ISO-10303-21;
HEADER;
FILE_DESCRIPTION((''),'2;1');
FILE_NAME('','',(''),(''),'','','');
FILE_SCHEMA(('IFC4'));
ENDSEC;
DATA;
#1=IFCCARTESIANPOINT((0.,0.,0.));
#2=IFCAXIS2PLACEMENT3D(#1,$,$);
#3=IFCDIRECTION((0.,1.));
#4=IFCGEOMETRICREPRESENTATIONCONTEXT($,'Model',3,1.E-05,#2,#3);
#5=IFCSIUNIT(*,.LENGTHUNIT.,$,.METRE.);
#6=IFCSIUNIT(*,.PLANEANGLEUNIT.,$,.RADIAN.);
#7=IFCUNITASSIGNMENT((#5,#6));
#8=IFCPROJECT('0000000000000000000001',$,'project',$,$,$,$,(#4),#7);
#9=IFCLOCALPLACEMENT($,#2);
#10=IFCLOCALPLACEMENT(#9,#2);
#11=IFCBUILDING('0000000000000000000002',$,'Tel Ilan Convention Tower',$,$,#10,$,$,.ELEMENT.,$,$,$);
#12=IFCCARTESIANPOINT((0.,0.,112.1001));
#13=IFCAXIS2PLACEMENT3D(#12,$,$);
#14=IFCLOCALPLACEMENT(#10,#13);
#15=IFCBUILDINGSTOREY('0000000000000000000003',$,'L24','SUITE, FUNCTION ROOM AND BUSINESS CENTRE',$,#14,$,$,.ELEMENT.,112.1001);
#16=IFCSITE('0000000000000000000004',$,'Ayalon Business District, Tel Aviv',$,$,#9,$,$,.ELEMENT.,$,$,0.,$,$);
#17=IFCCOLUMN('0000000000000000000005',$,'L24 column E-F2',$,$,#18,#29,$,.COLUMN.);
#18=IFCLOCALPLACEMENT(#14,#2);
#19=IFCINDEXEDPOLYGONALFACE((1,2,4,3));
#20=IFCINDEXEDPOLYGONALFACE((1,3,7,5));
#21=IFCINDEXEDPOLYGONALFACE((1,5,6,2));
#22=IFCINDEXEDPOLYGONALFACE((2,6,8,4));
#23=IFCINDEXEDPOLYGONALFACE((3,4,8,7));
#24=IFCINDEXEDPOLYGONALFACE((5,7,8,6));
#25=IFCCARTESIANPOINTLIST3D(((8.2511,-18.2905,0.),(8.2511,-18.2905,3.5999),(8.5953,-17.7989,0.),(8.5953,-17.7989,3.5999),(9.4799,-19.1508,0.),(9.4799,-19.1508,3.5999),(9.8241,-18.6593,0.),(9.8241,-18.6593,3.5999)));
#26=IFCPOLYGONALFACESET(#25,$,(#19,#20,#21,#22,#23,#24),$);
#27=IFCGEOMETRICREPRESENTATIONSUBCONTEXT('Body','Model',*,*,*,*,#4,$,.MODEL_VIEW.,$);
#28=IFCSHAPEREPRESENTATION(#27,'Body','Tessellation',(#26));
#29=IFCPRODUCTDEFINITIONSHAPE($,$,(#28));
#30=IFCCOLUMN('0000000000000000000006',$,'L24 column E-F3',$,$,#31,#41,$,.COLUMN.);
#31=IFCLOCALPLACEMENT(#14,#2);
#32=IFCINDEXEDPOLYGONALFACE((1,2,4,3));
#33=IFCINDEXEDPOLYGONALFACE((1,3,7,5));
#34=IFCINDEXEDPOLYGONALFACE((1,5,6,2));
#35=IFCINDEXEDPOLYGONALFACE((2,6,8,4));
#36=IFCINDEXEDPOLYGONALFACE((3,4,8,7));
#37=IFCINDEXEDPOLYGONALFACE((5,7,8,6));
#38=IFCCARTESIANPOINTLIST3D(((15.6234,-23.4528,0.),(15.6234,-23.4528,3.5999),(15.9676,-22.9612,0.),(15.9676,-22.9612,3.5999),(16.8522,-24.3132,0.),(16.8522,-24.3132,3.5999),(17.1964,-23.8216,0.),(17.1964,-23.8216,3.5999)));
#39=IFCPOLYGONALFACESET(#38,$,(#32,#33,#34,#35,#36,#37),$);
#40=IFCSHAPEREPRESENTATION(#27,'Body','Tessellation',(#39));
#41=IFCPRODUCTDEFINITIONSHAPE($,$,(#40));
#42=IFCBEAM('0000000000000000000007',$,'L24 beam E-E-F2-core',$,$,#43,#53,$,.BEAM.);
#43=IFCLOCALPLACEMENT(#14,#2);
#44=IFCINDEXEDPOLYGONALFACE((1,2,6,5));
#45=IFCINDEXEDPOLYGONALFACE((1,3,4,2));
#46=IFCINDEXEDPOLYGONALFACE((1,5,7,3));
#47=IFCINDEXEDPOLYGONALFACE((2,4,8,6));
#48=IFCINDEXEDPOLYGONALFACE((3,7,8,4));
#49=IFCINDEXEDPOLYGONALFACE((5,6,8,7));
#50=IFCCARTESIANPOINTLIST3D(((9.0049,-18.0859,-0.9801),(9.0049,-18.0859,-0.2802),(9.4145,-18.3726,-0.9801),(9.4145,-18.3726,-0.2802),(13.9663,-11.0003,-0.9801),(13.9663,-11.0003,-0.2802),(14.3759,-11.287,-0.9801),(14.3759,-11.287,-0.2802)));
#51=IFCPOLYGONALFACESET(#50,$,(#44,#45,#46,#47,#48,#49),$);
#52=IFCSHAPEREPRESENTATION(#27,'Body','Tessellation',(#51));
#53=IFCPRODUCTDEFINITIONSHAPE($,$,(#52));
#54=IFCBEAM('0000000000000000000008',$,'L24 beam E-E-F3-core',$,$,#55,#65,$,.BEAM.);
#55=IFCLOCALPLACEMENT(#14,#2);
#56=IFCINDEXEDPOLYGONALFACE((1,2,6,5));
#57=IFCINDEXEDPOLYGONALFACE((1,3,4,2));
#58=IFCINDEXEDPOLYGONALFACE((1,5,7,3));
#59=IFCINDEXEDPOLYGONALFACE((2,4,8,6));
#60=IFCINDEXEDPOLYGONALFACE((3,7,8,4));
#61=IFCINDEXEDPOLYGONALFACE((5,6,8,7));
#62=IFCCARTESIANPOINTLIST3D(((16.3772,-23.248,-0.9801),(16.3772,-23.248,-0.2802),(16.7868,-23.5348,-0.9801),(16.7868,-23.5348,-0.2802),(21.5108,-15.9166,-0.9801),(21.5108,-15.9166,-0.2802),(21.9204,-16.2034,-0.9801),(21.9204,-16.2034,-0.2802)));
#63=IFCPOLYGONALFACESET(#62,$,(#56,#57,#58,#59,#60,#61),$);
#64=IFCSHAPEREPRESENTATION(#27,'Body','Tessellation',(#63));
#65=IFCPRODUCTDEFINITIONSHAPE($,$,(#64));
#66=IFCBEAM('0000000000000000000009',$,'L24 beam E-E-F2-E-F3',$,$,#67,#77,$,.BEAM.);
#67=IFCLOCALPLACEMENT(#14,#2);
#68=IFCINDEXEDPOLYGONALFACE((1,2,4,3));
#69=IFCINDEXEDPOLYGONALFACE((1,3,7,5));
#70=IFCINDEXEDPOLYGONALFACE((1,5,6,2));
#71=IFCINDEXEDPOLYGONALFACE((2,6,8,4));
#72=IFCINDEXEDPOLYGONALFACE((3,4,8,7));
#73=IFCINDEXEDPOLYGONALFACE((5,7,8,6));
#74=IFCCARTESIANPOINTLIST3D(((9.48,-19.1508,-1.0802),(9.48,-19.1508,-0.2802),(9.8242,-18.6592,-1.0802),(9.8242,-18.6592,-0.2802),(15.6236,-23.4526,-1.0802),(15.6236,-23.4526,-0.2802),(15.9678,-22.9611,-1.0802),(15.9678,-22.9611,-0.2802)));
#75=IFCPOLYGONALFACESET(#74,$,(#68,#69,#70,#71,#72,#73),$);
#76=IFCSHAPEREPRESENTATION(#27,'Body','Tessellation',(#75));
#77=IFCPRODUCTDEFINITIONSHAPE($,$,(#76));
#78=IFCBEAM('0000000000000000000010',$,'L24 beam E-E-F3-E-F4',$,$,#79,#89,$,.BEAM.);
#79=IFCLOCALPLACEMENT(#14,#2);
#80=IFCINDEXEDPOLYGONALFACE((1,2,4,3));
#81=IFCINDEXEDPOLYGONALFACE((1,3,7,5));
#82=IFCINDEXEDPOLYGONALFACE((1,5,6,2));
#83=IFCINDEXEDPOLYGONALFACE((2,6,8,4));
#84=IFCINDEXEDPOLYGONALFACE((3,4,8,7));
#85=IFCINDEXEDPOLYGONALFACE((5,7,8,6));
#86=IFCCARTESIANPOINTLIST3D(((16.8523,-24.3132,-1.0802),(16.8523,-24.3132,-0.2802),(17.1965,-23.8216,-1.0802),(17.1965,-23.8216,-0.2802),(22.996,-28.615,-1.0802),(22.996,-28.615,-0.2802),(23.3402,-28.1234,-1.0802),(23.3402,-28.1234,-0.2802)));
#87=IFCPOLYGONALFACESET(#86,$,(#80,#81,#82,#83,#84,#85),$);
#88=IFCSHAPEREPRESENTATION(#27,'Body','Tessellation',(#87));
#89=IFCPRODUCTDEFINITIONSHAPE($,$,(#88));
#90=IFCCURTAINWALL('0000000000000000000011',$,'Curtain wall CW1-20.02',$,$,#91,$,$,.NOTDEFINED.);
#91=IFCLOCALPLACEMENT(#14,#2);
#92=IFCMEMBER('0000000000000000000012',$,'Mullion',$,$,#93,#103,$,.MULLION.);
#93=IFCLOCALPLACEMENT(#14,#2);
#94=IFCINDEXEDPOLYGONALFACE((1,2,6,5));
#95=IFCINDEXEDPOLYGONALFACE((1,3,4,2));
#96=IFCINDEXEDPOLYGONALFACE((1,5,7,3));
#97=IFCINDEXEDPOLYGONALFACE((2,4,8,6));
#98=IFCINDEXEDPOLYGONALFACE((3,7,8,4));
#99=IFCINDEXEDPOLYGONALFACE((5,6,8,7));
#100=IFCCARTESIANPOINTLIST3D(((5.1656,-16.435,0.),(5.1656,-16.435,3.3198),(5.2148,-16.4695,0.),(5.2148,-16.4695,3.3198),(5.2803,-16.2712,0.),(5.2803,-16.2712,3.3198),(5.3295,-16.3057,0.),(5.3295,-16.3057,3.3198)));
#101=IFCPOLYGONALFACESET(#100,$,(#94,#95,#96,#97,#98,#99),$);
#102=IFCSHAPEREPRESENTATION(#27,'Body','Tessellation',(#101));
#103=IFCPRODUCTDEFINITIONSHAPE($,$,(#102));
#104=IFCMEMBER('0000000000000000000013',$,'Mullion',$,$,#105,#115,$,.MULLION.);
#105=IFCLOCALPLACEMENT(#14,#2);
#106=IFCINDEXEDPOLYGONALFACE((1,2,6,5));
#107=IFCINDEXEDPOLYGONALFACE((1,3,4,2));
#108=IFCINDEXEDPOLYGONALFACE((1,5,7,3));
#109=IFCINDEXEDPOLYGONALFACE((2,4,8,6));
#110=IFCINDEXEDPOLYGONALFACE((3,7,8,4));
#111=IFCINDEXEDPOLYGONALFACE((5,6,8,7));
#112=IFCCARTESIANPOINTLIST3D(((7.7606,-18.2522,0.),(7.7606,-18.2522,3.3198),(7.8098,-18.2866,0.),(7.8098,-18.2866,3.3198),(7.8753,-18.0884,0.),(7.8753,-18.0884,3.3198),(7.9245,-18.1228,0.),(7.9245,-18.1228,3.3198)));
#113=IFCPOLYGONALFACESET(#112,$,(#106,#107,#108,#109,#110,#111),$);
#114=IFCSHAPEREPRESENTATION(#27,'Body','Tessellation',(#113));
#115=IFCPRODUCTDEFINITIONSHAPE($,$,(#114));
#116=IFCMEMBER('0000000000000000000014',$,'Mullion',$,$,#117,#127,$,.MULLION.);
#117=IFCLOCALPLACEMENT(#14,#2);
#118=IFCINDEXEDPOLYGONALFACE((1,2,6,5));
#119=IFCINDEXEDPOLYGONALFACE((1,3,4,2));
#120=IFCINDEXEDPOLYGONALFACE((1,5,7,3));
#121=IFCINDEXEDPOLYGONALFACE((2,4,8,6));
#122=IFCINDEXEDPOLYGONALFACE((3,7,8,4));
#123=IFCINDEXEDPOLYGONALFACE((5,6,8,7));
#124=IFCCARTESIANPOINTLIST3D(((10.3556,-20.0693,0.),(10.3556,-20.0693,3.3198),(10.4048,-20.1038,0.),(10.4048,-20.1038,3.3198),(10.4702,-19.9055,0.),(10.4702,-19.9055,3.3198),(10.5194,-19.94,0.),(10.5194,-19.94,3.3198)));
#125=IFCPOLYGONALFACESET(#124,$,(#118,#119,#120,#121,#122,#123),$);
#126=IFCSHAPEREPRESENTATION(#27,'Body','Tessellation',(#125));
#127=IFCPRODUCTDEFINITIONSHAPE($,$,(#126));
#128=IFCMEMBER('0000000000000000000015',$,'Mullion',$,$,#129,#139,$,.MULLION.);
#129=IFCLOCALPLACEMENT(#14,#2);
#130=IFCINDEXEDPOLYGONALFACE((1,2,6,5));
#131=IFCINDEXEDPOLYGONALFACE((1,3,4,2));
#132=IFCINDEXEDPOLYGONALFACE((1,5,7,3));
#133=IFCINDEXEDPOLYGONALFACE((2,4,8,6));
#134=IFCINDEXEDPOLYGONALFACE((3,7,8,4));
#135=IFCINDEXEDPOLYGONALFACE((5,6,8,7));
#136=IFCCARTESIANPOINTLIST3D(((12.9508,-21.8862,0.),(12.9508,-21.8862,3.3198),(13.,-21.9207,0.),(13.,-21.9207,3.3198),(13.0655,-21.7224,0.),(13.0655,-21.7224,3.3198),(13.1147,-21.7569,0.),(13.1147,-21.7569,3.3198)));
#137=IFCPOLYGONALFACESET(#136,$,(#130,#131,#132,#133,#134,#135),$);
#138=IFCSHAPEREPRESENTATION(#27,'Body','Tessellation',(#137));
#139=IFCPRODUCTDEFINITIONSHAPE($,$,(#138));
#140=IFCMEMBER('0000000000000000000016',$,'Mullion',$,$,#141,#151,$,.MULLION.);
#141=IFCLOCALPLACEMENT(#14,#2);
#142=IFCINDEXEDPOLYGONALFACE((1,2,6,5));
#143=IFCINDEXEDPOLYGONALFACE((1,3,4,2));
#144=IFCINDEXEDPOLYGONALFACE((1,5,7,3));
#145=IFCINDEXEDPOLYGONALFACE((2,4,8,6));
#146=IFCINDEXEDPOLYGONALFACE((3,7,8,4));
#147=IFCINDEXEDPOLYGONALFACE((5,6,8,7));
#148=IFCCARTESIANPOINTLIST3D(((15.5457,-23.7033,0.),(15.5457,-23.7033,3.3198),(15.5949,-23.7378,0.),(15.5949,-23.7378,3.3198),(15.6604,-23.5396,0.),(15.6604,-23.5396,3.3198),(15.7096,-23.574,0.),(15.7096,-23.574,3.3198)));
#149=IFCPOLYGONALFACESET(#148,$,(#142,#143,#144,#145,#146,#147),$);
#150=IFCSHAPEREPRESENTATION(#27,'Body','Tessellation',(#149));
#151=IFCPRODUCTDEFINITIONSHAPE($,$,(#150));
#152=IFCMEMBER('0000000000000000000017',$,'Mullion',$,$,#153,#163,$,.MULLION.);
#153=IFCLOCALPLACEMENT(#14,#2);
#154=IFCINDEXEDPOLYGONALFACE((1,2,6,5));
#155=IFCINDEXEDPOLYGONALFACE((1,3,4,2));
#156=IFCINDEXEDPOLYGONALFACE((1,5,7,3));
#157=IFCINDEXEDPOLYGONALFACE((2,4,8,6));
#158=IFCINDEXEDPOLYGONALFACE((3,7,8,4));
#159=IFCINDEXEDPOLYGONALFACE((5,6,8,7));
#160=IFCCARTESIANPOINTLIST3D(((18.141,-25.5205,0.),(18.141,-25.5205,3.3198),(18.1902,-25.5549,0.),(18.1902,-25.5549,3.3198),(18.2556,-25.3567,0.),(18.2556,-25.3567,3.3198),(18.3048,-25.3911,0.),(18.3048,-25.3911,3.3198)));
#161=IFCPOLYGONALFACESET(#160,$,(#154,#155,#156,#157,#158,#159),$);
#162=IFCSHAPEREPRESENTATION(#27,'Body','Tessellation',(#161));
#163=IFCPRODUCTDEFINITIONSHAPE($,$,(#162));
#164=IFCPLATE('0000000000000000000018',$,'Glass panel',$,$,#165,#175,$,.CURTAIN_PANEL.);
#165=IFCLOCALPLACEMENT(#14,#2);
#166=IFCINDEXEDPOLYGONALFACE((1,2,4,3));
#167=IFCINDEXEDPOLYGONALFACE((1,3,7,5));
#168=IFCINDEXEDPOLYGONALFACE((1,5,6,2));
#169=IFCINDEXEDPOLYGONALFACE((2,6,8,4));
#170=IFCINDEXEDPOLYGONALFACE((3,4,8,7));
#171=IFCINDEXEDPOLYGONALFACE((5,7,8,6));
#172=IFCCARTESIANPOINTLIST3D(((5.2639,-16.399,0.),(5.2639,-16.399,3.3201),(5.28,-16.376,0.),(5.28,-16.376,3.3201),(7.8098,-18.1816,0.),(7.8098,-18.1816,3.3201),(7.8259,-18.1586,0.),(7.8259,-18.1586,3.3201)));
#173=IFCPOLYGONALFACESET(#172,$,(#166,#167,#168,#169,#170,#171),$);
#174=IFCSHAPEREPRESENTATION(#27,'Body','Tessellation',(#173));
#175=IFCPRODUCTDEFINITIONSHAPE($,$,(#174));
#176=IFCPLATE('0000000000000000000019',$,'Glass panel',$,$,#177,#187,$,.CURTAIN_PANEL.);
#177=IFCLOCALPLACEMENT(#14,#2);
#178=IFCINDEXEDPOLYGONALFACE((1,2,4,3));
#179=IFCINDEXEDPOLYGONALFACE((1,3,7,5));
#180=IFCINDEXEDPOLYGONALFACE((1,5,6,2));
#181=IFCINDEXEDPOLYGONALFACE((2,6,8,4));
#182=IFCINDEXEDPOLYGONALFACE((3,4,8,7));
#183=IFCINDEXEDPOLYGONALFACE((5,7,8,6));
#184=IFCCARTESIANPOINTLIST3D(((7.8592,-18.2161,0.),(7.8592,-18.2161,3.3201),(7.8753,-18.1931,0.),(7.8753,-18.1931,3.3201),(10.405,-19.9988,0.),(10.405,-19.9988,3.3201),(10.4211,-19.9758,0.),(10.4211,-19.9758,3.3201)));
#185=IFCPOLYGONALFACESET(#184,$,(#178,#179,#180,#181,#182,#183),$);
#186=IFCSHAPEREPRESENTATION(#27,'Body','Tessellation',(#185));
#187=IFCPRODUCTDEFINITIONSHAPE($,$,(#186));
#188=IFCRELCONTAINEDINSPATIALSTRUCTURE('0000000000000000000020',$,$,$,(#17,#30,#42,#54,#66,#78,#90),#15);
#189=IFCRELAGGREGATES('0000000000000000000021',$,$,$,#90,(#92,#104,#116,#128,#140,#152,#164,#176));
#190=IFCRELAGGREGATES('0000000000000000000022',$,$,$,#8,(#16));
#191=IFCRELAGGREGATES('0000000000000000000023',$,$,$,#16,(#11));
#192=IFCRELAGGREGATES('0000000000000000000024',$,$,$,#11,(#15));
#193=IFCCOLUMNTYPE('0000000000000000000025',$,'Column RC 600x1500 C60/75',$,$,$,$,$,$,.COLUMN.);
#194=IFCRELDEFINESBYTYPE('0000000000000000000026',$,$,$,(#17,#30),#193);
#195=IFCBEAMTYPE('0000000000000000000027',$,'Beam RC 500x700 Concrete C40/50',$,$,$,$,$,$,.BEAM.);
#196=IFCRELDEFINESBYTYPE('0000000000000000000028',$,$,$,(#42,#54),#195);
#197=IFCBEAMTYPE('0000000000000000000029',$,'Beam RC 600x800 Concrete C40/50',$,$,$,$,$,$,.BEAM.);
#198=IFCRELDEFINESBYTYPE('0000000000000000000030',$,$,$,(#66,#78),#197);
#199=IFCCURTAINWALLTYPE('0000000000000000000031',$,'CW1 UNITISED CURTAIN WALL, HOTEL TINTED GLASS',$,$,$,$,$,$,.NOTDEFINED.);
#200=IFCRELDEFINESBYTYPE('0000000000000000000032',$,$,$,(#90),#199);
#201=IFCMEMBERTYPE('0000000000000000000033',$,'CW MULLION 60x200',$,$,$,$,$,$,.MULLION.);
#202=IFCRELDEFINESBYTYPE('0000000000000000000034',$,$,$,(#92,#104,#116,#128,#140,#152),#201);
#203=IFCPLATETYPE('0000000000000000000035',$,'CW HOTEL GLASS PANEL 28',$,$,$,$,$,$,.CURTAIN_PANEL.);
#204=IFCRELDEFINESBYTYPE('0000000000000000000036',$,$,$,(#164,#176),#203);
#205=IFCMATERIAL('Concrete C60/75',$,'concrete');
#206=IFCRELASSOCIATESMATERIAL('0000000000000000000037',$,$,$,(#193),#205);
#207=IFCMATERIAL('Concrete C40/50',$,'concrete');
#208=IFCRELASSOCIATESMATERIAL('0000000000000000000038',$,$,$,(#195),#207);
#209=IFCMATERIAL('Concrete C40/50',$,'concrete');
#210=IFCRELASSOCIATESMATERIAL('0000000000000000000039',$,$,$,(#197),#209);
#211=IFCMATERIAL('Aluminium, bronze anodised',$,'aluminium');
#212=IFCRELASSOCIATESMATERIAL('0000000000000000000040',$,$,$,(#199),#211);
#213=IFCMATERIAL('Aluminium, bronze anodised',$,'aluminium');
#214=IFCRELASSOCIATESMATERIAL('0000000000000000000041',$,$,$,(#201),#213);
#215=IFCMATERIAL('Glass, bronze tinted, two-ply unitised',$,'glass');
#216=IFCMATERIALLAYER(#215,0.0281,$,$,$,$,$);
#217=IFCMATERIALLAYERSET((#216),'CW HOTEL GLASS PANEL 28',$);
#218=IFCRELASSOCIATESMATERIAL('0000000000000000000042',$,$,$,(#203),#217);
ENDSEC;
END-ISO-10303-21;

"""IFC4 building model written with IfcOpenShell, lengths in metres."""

from ifc_helpers import new_model, si_unit, direction, frame, origin, origin_2d, place, context, subcontext, project, spatial, rectangle, extrude, material, layer, layer_set, material_profile, profile_set, type_object, element, aggregate, save


model = new_model("IFC4")

# Units and contexts
model_context = context("Model", 3, precision=1e-05, world=origin(), true_north=direction((0.0, 1.0)))
body_context = subcontext(model_context, "Body", "Model", "MODEL_VIEW")
ifc_project = project(units=[si_unit("LENGTHUNIT", "METRE"), si_unit("PLANEANGLEUNIT", "RADIAN")], contexts=[model_context])

# Site, building, storey
site_placement = place(None, origin())
site = spatial("IfcSite", under=ifc_project, at=site_placement, Name="Ayalon Business District, Tel Aviv", CompositionType="ELEMENT", RefElevation=0.0)
building_placement = place(site_placement, origin())
building = spatial("IfcBuilding", under=site, at=building_placement, Name="Tel Ilan Convention Tower", CompositionType="ELEMENT")
storey_placement = place(building_placement, frame((0.0, 0.0, 112.1001)))
storey = spatial("IfcBuildingStorey", under=building, at=storey_placement, Name="L24", Description="SUITE, FUNCTION ROOM AND BUSINESS CENTRE", CompositionType="ELEMENT", Elevation=112.1001)

# Columns
ifc_material_1 = material(Name="Concrete C60/75", Category="concrete")
ifc_material_profile_1 = material_profile(ifc_material_1, rectangle(XDim=1.5, YDim=0.6001, at=origin_2d()), Name="RC 600x1500")
ifc_profile_set_1 = profile_set([ifc_material_profile_1], Name="Concrete C60/75")
column_type = type_object("IfcColumnType", Name="Column RC 600x1500 C60/75", PredefinedType="COLUMN", material=ifc_profile_set_1)
for number, where, z_axis, x_axis, name in (
    (1, (9.0376, -18.4749, 0.0), (0.0, 0.0, 1.0), (0.819152, -0.573576, 0.0), "L24 column E-F2"),
    (2, (16.4099, -23.6372, 0.0), (0.0, 0.0, 1.0), (0.819152, -0.573576, 0.0), "L24 column E-F3"),
):
    element("IfcColumn", number, at=place(storey_placement, frame(where, z_axis=z_axis, x_axis=x_axis)), inside=storey, type_object=column_type, Name=name, PredefinedType="COLUMN", context=body_context, shape_type="SweptSolid", body=[
        extrude(rectangle(XDim=1.5, YDim=0.6001, at=origin_2d()), origin(), (0.0, 0.0, 1.0), 3.5999),
    ])

# Beams
ifc_material_2 = material(Name="Concrete C40/50", Category="concrete")
ifc_material_profile_2 = material_profile(ifc_material_2, rectangle(XDim=0.5, YDim=0.7, at=origin_2d()), Name="RC 500x700")
ifc_profile_set_2 = profile_set([ifc_material_profile_2], Name="Concrete C40/50")
beam_type_1 = type_object("IfcBeamType", Name="Beam RC 500x700 Concrete C40/50", PredefinedType="BEAM", material=ifc_profile_set_2)
beam_1_placement = place(storey_placement, frame((9.2097, -18.2292, -0.6301), z_axis=(0.573574, 0.819154, 0.0), x_axis=(-0.819154, 0.573574, 0.0)))
element("IfcBeam", 3, at=beam_1_placement, inside=storey, type_object=beam_type_1, Name="L24 beam E-E-F2-core", PredefinedType="BEAM", context=body_context, shape_type="SweptSolid", body=[
    extrude(rectangle(XDim=0.5, YDim=0.7, at=origin_2d()), origin(), (0.0, 0.0, 1.0), 8.6499),
])
beam_2_placement = place(storey_placement, frame((16.582, -23.3914, -0.6301), z_axis=(0.573585, 0.819146, 0.0), x_axis=(-0.819146, 0.573585, 0.0)))
element("IfcBeam", 4, at=beam_2_placement, inside=storey, type_object=beam_type_1, Name="L24 beam E-E-F3-core", PredefinedType="BEAM", context=body_context, shape_type="SweptSolid", body=[
    extrude(rectangle(XDim=0.5, YDim=0.7, at=origin_2d()), origin(), (0.0, 0.0, 1.0), 8.95),
])
ifc_material_3 = material(Name="Concrete C40/50", Category="concrete")
ifc_material_profile_3 = material_profile(ifc_material_3, rectangle(XDim=0.6001, YDim=0.8, at=origin_2d()), Name="RC 600x800")
ifc_profile_set_3 = profile_set([ifc_material_profile_3], Name="Concrete C40/50")
beam_type_2 = type_object("IfcBeamType", Name="Beam RC 600x800 Concrete C40/50", PredefinedType="BEAM", material=ifc_profile_set_3)
for number, where, z_axis, x_axis, name in (
    (5, (9.6521, -18.905, -0.6802), (0.819152, -0.573576, 0.0), (0.573576, 0.819152, 0.0), "L24 beam E-E-F2-E-F3"),
    (6, (17.0244, -24.0674, -0.6802), (0.819152, -0.573576, 0.0), (0.573576, 0.819152, 0.0), "L24 beam E-E-F3-E-F4"),
):
    element("IfcBeam", number, at=place(storey_placement, frame(where, z_axis=z_axis, x_axis=x_axis)), inside=storey, type_object=beam_type_2, Name=name, PredefinedType="BEAM", context=body_context, shape_type="SweptSolid", body=[
        extrude(rectangle(XDim=0.6001, YDim=0.8, at=origin_2d()), origin(), (0.0, 0.0, 1.0), 7.5),
    ])

# Curtain wall, members, plates
ifc_material_4 = material(Name="Aluminium, bronze anodised", Category="aluminium")
curtain_wall_type = type_object("IfcCurtainWallType", Name="CW1 UNITISED CURTAIN WALL, HOTEL TINTED GLASS", PredefinedType="NOTDEFINED", material=ifc_material_4)
curtain_wall_placement = place(storey_placement, origin())
curtain_wall = element("IfcCurtainWall", 7, at=curtain_wall_placement, inside=storey, type_object=curtain_wall_type, Name="Curtain wall CW1-20.02", PredefinedType="NOTDEFINED")
ifc_material_5 = material(Name="Aluminium, bronze anodised", Category="aluminium")
ifc_material_profile_4 = material_profile(ifc_material_5, rectangle(XDim=0.0601, YDim=0.2, at=origin_2d()), Name="CW MULLION 60x200")
ifc_profile_set_4 = profile_set([ifc_material_profile_4], Name="Aluminium, bronze anodised")
member_type = type_object("IfcMemberType", Name="CW MULLION 60x200", PredefinedType="MULLION", material=ifc_profile_set_4)
member_1_placement = place(storey_placement, frame((5.2476, -16.3704, 0.0), z_axis=(0.0, 0.0, 1.0), x_axis=(0.819152, -0.573576, 0.0)))
member_1 = element("IfcMember", 8, at=member_1_placement, type_object=member_type, Name="Mullion", PredefinedType="MULLION", context=body_context, shape_type="SweptSolid", body=[
    extrude(rectangle(XDim=0.0601, YDim=0.2, at=origin_2d()), origin(), (0.0, 0.0, 1.0), 3.3198),
])
member_2_placement = place(storey_placement, frame((7.8425, -18.1875, 0.0), z_axis=(0.0, 0.0, 1.0), x_axis=(0.819152, -0.573576, 0.0)))
member_2 = element("IfcMember", 9, at=member_2_placement, type_object=member_type, Name="Mullion", PredefinedType="MULLION", context=body_context, shape_type="SweptSolid", body=[
    extrude(rectangle(XDim=0.0601, YDim=0.2, at=origin_2d()), origin(), (0.0, 0.0, 1.0), 3.3198),
])
member_3_placement = place(storey_placement, frame((10.4375, -20.0046, 0.0), z_axis=(0.0, 0.0, 1.0), x_axis=(0.819152, -0.573576, 0.0)))
member_3 = element("IfcMember", 10, at=member_3_placement, type_object=member_type, Name="Mullion", PredefinedType="MULLION", context=body_context, shape_type="SweptSolid", body=[
    extrude(rectangle(XDim=0.0601, YDim=0.2, at=origin_2d()), origin(), (0.0, 0.0, 1.0), 3.3198),
])
member_4_placement = place(storey_placement, frame((13.0327, -21.8215, 0.0), z_axis=(0.0, 0.0, 1.0), x_axis=(0.819152, -0.573576, 0.0)))
member_4 = element("IfcMember", 11, at=member_4_placement, type_object=member_type, Name="Mullion", PredefinedType="MULLION", context=body_context, shape_type="SweptSolid", body=[
    extrude(rectangle(XDim=0.0601, YDim=0.2, at=origin_2d()), origin(), (0.0, 0.0, 1.0), 3.3198),
])
member_5_placement = place(storey_placement, frame((15.6277, -23.6387, 0.0), z_axis=(0.0, 0.0, 1.0), x_axis=(0.819152, -0.573576, 0.0)))
member_5 = element("IfcMember", 12, at=member_5_placement, type_object=member_type, Name="Mullion", PredefinedType="MULLION", context=body_context, shape_type="SweptSolid", body=[
    extrude(rectangle(XDim=0.0601, YDim=0.2, at=origin_2d()), origin(), (0.0, 0.0, 1.0), 3.3198),
])
member_6_placement = place(storey_placement, frame((18.2229, -25.4558, 0.0), z_axis=(0.0, 0.0, 1.0), x_axis=(0.819152, -0.573576, 0.0)))
member_6 = element("IfcMember", 13, at=member_6_placement, type_object=member_type, Name="Mullion", PredefinedType="MULLION", context=body_context, shape_type="SweptSolid", body=[
    extrude(rectangle(XDim=0.0601, YDim=0.2, at=origin_2d()), origin(), (0.0, 0.0, 1.0), 3.3198),
])
ifc_material_6 = material(Name="Glass, bronze tinted, two-ply unitised", Category="glass")
ifc_layer_1 = layer(ifc_material_6, 0.0281)
ifc_layer_set_1 = layer_set([ifc_layer_1], Name="CW HOTEL GLASS PANEL 28")
plate_type = type_object("IfcPlateType", Name="CW HOTEL GLASS PANEL 28", PredefinedType="CURTAIN_PANEL", material=ifc_layer_set_1)
plate_1_placement = place(storey_placement, frame((6.5449, -17.2788, 0.0), z_axis=(0.0, 0.0, 1.0), x_axis=(0.819152, -0.573576, 0.0)))
plate_1 = element("IfcPlate", 14, at=plate_1_placement, type_object=plate_type, Name="Glass panel", PredefinedType="CURTAIN_PANEL", context=body_context, shape_type="SweptSolid", body=[
    extrude(rectangle(XDim=3.1079, YDim=0.0281, at=origin_2d()), origin(), (0.0, 0.0, 1.0), 3.3201),
])
plate_2_placement = place(storey_placement, frame((9.1401, -19.0959, 0.0), z_axis=(0.0, 0.0, 1.0), x_axis=(0.819152, -0.573576, 0.0)))
plate_2 = element("IfcPlate", 15, at=plate_2_placement, type_object=plate_type, Name="Glass panel", PredefinedType="CURTAIN_PANEL", context=body_context, shape_type="SweptSolid", body=[
    extrude(rectangle(XDim=3.1079, YDim=0.0281, at=origin_2d()), origin(), (0.0, 0.0, 1.0), 3.3201),
])
aggregate(curtain_wall, [member_1, member_2, member_3, member_4, member_5, member_6, plate_1, plate_2])

save(model, "model.ifc")
